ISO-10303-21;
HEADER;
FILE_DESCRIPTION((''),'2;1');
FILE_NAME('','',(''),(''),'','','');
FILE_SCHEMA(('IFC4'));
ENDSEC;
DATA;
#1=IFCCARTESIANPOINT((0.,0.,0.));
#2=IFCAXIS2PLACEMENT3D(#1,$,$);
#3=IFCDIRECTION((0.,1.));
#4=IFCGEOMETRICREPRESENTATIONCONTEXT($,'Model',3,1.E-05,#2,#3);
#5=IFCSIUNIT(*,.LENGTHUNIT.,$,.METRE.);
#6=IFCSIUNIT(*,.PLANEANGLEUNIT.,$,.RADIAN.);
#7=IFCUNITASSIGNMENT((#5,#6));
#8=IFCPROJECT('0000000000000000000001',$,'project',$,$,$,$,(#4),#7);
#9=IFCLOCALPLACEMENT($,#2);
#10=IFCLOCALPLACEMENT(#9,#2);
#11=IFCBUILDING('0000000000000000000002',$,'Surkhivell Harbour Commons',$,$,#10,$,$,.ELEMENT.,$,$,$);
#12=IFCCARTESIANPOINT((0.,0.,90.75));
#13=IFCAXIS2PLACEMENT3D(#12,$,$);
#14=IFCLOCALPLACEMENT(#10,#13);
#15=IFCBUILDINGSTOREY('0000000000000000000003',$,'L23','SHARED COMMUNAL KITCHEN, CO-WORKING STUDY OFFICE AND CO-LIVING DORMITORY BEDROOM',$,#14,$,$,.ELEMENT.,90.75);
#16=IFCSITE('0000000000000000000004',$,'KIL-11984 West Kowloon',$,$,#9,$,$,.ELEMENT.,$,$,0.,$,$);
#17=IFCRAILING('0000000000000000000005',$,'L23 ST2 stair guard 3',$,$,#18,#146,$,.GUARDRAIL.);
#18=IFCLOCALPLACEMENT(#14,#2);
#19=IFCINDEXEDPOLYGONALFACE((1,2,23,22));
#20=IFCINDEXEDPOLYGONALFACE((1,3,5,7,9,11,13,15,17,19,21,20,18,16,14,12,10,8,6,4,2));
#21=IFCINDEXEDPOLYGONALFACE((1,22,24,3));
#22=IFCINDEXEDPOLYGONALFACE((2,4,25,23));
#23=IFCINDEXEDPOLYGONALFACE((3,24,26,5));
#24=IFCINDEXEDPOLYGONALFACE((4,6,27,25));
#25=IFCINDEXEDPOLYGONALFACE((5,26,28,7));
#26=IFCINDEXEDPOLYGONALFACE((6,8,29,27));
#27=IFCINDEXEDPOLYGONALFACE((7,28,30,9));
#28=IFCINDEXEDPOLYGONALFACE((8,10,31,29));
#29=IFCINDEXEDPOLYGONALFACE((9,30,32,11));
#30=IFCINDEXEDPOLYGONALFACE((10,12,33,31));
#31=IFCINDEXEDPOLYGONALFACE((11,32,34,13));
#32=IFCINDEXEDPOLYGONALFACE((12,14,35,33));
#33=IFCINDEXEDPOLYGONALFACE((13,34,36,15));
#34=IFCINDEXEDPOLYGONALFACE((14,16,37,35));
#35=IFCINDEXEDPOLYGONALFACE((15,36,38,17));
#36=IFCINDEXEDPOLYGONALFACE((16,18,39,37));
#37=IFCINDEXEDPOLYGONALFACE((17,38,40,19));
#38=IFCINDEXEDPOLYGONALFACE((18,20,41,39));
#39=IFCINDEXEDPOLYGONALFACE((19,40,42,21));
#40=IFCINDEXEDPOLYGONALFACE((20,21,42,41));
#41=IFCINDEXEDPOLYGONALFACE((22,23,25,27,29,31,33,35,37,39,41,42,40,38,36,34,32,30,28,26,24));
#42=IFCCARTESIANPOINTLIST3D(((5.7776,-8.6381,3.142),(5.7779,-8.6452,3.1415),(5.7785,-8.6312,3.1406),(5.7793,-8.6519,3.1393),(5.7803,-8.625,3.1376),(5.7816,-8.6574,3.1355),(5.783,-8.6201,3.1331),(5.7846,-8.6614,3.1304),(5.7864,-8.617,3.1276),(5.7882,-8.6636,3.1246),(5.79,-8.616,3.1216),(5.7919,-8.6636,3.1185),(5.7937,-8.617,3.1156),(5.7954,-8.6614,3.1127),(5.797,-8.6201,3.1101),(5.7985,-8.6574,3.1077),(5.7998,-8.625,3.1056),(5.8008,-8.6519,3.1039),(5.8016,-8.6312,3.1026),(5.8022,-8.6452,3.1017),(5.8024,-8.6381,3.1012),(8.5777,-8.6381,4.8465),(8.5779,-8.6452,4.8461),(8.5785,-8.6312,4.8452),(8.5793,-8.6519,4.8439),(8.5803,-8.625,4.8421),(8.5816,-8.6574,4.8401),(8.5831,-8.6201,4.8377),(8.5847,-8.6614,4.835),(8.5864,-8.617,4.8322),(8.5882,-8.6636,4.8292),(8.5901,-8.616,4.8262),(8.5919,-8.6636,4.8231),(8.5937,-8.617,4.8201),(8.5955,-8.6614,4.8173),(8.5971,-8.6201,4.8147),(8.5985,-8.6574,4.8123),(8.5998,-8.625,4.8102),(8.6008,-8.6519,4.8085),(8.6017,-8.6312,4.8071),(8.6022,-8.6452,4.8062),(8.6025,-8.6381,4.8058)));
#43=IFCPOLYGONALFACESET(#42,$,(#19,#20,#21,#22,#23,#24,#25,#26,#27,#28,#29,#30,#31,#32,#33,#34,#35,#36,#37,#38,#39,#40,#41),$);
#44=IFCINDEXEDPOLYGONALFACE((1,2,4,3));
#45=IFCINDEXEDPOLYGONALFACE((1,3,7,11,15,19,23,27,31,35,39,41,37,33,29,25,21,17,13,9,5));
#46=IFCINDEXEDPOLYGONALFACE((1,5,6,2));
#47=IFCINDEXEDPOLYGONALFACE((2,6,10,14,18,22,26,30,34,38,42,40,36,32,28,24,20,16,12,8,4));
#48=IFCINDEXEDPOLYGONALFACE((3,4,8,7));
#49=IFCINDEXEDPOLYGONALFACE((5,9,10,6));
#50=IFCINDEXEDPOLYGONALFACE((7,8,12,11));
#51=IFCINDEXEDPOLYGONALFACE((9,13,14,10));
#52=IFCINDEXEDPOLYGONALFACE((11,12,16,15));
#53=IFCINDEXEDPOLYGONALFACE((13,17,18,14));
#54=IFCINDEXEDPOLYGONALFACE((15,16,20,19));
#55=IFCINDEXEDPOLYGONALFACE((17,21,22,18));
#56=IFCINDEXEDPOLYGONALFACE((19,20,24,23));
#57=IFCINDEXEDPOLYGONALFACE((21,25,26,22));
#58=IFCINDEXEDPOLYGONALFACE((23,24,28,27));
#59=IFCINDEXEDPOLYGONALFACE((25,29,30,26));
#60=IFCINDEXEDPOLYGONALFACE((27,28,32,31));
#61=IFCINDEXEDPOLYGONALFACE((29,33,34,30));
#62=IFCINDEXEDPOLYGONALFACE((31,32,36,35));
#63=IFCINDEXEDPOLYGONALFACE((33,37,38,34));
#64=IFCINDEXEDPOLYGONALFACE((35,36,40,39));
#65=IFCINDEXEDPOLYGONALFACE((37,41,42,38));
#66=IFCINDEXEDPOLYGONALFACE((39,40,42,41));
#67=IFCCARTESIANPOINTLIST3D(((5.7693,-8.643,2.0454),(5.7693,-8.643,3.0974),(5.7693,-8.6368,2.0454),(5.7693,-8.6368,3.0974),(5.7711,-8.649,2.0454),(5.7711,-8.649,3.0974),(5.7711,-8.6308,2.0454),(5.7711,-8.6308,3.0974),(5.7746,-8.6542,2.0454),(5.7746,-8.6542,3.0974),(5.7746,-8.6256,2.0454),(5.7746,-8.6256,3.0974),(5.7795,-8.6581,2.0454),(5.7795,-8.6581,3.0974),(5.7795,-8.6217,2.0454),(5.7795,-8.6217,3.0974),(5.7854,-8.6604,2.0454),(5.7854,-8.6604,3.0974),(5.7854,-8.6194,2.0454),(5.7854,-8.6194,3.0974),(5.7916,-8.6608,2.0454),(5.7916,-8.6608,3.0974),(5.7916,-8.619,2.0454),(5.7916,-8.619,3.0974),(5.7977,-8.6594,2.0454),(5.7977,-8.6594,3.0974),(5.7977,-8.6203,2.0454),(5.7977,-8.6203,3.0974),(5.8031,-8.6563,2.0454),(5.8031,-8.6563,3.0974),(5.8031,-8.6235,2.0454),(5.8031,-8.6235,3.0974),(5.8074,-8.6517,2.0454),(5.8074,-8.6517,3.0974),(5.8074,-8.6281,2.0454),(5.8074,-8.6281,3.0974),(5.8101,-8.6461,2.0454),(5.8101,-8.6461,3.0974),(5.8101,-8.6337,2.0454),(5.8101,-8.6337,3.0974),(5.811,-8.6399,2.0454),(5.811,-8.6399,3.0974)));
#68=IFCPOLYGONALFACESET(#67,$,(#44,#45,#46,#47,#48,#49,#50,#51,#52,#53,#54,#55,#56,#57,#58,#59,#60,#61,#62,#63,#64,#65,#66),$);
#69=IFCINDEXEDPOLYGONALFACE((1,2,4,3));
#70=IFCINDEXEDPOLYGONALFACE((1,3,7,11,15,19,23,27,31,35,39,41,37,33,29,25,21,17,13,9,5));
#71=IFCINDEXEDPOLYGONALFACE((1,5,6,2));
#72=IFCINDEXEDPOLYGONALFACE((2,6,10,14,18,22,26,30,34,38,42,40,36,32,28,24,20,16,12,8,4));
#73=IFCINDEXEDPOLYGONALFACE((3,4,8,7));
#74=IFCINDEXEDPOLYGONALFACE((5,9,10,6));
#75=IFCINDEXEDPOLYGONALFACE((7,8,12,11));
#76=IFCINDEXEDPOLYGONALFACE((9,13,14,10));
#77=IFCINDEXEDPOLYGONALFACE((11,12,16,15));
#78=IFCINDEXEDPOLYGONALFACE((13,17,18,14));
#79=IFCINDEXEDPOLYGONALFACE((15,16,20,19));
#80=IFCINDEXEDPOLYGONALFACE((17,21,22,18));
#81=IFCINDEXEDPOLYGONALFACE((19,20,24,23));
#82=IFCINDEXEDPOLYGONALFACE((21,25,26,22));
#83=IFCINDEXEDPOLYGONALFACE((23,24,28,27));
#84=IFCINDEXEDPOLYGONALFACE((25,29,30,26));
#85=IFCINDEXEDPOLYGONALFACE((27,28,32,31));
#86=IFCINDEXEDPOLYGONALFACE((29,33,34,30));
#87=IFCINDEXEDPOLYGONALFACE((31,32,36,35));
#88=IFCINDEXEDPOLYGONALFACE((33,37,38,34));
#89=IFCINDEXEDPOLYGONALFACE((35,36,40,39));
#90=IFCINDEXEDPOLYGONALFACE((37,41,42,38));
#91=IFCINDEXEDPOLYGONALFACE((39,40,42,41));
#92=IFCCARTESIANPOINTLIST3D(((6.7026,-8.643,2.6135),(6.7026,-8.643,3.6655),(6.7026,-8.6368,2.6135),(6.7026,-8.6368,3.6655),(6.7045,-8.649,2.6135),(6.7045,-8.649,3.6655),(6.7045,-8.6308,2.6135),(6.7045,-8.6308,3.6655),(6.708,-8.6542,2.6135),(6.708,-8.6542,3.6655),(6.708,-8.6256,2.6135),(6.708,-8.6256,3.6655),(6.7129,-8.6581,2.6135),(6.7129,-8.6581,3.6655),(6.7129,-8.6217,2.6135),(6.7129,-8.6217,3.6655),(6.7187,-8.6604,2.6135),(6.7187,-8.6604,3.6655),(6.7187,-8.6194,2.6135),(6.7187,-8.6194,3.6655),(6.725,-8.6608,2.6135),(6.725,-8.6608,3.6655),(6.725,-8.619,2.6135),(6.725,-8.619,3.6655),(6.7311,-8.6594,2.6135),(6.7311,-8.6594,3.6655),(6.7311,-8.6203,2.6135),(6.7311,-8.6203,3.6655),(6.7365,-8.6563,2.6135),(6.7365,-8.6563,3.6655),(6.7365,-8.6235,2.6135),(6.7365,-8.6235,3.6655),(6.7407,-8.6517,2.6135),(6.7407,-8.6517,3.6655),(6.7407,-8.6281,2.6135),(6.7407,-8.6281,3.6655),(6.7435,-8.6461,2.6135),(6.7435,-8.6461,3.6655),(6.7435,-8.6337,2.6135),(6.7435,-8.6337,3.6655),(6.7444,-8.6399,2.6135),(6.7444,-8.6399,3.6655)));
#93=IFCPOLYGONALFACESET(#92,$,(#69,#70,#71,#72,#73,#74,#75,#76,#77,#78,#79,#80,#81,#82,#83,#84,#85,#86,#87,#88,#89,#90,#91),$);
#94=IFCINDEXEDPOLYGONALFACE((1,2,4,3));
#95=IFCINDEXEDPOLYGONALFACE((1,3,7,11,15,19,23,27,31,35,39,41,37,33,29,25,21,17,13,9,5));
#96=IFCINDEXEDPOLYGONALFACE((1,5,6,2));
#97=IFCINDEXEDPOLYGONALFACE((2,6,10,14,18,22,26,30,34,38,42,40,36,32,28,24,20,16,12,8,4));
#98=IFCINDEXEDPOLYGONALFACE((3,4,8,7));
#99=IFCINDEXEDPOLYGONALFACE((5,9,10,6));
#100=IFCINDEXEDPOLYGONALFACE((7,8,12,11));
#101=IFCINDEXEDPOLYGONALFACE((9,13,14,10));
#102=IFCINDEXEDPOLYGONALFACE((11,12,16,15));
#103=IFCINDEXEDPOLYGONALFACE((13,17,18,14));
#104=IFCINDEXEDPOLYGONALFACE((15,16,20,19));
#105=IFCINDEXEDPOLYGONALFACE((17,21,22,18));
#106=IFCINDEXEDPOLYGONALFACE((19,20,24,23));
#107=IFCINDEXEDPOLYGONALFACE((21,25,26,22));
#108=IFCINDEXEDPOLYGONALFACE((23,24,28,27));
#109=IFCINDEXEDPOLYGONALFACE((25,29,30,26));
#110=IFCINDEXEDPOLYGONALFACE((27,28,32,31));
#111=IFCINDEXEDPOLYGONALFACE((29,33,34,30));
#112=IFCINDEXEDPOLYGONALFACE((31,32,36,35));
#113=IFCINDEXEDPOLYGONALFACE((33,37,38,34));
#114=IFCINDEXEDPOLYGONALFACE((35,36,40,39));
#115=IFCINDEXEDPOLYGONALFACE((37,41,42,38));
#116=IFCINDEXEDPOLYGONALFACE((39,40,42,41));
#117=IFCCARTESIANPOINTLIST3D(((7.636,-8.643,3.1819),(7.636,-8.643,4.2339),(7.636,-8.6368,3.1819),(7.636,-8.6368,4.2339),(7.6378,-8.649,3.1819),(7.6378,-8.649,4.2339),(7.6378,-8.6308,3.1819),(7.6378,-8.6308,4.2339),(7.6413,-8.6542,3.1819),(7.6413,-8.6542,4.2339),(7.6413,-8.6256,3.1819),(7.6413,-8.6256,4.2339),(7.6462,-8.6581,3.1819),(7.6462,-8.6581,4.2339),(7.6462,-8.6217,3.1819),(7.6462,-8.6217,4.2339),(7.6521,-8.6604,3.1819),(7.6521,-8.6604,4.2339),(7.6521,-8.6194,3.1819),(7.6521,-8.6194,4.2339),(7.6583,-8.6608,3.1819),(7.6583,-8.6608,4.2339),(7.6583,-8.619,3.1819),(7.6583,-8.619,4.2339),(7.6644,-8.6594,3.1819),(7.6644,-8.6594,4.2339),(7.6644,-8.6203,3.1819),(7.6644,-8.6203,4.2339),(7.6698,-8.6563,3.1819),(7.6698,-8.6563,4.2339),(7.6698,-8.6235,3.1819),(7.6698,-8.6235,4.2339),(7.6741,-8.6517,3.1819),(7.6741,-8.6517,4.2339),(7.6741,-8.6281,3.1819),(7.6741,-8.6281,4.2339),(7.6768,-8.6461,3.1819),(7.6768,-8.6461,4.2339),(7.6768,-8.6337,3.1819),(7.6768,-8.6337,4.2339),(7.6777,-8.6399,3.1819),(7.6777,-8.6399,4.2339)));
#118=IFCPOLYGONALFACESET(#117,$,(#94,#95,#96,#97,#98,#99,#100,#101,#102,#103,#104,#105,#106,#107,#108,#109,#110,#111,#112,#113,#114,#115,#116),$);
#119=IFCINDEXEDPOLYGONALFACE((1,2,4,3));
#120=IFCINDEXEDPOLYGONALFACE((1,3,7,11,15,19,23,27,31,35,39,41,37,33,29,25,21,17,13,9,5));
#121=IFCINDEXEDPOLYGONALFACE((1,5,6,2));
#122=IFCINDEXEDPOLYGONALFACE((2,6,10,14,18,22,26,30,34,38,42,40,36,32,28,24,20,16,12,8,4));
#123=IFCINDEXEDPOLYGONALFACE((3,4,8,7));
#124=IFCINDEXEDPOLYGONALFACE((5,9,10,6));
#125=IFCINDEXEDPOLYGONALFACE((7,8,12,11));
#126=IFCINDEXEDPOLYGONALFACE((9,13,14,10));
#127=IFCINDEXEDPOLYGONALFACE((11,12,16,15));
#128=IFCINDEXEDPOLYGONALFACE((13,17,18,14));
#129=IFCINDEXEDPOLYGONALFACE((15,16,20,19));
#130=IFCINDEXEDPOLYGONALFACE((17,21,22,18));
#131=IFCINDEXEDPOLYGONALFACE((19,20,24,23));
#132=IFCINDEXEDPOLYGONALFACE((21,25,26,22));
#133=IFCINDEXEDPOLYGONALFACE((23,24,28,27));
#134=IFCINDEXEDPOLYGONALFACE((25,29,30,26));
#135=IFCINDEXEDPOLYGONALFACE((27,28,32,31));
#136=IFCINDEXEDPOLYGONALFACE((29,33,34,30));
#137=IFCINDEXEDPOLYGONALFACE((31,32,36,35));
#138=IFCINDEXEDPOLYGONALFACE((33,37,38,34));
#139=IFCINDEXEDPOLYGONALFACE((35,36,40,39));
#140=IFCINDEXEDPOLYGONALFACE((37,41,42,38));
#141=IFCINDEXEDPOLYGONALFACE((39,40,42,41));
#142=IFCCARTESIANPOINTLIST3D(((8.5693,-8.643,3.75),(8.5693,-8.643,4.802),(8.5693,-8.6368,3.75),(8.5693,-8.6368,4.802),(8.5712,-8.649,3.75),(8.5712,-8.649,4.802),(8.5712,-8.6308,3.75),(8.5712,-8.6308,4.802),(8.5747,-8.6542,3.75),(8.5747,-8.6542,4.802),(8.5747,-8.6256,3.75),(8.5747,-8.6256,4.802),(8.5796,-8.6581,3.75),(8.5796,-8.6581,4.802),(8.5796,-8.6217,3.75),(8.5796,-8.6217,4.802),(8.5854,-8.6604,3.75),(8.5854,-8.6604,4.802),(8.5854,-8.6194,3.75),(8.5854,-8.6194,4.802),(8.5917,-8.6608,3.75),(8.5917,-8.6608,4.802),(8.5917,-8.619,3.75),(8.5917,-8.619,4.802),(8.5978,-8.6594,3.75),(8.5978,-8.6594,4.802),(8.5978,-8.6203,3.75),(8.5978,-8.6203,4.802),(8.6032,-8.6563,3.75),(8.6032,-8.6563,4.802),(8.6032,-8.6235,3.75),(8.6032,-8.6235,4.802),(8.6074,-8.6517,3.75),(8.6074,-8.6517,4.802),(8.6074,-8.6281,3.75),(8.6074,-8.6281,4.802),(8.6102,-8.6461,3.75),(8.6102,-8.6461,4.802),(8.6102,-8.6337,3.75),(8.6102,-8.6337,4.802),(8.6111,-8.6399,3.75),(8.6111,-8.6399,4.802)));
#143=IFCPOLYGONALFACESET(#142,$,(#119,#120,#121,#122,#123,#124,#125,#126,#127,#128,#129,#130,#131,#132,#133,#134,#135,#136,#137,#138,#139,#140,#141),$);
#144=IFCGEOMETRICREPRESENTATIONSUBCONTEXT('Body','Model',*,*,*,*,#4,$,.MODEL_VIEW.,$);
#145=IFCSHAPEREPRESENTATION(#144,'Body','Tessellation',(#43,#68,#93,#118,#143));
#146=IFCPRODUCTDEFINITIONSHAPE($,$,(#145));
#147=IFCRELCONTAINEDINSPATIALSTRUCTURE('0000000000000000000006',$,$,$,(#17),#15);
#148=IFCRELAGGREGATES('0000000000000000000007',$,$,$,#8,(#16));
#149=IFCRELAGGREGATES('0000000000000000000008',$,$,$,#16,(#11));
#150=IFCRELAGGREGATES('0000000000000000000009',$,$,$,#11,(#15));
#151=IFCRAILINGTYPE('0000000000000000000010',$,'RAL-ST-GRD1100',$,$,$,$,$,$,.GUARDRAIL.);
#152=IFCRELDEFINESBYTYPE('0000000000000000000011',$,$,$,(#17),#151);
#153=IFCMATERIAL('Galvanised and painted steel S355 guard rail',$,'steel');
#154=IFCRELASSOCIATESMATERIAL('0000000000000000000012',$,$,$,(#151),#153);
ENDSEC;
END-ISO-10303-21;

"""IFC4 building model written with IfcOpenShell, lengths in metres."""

from ifc_helpers import new_model, si_unit, direction, frame, origin, origin_2d, place, context, subcontext, project, spatial, circle, extrude, material, type_object, element, save


model = new_model("IFC4")

# Units and contexts
model_context = context("Model", 3, precision=1e-05, world=origin(), true_north=direction((0.0, 1.0)))
body_context = subcontext(model_context, "Body", "Model", "MODEL_VIEW")
ifc_project = project(units=[si_unit("LENGTHUNIT", "METRE"), si_unit("PLANEANGLEUNIT", "RADIAN")], contexts=[model_context])

# Site, building, storey
site_placement = place(None, origin())
site = spatial("IfcSite", under=ifc_project, at=site_placement, Name="KIL-11984 West Kowloon", CompositionType="ELEMENT", RefElevation=0.0)
building_placement = place(site_placement, origin())
building = spatial("IfcBuilding", under=site, at=building_placement, Name="Surkhivell Harbour Commons", CompositionType="ELEMENT")
storey_placement = place(building_placement, frame((0.0, 0.0, 90.75)))
storey = spatial("IfcBuildingStorey", under=building, at=storey_placement, Name="L23", Description="SHARED COMMUNAL KITCHEN, CO-WORKING STUDY OFFICE AND CO-LIVING DORMITORY BEDROOM", CompositionType="ELEMENT", Elevation=90.75)

# Railing
ifc_material_1 = material(Name="Galvanised and painted steel S355 guard rail", Category="steel")
railing_type = type_object("IfcRailingType", Name="RAL-ST-GRD1100", PredefinedType="GUARDRAIL", material=ifc_material_1)
railing_1_placement = place(storey_placement, frame((5.79, -8.6399, 2.0454)))
element("IfcRailing", 1, at=railing_1_placement, inside=storey, type_object=railing_type, Name="L23 ST2 stair guard 3", PredefinedType="GUARDRAIL", context=body_context, shape_type="SweptSolid", body=[
    extrude(circle(Radius=0.0239, at=origin_2d()), frame((0.0, 0.0, 1.0762), z_axis=(0.85417, 0.0, 0.519994), x_axis=(0.0, 1.0, 0.0)), (0.0, 0.0, 1.0), 3.2781),
    extrude(circle(Radius=0.021, at=origin_2d()), origin(), (0.0, 0.0, 1.0), 1.052),
    extrude(circle(Radius=0.021, at=origin_2d()), frame((0.9333, 0.0, 0.5681)), (0.0, 0.0, 1.0), 1.052),
    extrude(circle(Radius=0.021, at=origin_2d()), frame((1.8667, 0.0, 1.1365)), (0.0, 0.0, 1.0), 1.052),
    extrude(circle(Radius=0.021, at=origin_2d()), frame((2.8, 0.0, 1.7046)), (0.0, 0.0, 1.0), 1.052),
])

save(model, "model.ifc")
